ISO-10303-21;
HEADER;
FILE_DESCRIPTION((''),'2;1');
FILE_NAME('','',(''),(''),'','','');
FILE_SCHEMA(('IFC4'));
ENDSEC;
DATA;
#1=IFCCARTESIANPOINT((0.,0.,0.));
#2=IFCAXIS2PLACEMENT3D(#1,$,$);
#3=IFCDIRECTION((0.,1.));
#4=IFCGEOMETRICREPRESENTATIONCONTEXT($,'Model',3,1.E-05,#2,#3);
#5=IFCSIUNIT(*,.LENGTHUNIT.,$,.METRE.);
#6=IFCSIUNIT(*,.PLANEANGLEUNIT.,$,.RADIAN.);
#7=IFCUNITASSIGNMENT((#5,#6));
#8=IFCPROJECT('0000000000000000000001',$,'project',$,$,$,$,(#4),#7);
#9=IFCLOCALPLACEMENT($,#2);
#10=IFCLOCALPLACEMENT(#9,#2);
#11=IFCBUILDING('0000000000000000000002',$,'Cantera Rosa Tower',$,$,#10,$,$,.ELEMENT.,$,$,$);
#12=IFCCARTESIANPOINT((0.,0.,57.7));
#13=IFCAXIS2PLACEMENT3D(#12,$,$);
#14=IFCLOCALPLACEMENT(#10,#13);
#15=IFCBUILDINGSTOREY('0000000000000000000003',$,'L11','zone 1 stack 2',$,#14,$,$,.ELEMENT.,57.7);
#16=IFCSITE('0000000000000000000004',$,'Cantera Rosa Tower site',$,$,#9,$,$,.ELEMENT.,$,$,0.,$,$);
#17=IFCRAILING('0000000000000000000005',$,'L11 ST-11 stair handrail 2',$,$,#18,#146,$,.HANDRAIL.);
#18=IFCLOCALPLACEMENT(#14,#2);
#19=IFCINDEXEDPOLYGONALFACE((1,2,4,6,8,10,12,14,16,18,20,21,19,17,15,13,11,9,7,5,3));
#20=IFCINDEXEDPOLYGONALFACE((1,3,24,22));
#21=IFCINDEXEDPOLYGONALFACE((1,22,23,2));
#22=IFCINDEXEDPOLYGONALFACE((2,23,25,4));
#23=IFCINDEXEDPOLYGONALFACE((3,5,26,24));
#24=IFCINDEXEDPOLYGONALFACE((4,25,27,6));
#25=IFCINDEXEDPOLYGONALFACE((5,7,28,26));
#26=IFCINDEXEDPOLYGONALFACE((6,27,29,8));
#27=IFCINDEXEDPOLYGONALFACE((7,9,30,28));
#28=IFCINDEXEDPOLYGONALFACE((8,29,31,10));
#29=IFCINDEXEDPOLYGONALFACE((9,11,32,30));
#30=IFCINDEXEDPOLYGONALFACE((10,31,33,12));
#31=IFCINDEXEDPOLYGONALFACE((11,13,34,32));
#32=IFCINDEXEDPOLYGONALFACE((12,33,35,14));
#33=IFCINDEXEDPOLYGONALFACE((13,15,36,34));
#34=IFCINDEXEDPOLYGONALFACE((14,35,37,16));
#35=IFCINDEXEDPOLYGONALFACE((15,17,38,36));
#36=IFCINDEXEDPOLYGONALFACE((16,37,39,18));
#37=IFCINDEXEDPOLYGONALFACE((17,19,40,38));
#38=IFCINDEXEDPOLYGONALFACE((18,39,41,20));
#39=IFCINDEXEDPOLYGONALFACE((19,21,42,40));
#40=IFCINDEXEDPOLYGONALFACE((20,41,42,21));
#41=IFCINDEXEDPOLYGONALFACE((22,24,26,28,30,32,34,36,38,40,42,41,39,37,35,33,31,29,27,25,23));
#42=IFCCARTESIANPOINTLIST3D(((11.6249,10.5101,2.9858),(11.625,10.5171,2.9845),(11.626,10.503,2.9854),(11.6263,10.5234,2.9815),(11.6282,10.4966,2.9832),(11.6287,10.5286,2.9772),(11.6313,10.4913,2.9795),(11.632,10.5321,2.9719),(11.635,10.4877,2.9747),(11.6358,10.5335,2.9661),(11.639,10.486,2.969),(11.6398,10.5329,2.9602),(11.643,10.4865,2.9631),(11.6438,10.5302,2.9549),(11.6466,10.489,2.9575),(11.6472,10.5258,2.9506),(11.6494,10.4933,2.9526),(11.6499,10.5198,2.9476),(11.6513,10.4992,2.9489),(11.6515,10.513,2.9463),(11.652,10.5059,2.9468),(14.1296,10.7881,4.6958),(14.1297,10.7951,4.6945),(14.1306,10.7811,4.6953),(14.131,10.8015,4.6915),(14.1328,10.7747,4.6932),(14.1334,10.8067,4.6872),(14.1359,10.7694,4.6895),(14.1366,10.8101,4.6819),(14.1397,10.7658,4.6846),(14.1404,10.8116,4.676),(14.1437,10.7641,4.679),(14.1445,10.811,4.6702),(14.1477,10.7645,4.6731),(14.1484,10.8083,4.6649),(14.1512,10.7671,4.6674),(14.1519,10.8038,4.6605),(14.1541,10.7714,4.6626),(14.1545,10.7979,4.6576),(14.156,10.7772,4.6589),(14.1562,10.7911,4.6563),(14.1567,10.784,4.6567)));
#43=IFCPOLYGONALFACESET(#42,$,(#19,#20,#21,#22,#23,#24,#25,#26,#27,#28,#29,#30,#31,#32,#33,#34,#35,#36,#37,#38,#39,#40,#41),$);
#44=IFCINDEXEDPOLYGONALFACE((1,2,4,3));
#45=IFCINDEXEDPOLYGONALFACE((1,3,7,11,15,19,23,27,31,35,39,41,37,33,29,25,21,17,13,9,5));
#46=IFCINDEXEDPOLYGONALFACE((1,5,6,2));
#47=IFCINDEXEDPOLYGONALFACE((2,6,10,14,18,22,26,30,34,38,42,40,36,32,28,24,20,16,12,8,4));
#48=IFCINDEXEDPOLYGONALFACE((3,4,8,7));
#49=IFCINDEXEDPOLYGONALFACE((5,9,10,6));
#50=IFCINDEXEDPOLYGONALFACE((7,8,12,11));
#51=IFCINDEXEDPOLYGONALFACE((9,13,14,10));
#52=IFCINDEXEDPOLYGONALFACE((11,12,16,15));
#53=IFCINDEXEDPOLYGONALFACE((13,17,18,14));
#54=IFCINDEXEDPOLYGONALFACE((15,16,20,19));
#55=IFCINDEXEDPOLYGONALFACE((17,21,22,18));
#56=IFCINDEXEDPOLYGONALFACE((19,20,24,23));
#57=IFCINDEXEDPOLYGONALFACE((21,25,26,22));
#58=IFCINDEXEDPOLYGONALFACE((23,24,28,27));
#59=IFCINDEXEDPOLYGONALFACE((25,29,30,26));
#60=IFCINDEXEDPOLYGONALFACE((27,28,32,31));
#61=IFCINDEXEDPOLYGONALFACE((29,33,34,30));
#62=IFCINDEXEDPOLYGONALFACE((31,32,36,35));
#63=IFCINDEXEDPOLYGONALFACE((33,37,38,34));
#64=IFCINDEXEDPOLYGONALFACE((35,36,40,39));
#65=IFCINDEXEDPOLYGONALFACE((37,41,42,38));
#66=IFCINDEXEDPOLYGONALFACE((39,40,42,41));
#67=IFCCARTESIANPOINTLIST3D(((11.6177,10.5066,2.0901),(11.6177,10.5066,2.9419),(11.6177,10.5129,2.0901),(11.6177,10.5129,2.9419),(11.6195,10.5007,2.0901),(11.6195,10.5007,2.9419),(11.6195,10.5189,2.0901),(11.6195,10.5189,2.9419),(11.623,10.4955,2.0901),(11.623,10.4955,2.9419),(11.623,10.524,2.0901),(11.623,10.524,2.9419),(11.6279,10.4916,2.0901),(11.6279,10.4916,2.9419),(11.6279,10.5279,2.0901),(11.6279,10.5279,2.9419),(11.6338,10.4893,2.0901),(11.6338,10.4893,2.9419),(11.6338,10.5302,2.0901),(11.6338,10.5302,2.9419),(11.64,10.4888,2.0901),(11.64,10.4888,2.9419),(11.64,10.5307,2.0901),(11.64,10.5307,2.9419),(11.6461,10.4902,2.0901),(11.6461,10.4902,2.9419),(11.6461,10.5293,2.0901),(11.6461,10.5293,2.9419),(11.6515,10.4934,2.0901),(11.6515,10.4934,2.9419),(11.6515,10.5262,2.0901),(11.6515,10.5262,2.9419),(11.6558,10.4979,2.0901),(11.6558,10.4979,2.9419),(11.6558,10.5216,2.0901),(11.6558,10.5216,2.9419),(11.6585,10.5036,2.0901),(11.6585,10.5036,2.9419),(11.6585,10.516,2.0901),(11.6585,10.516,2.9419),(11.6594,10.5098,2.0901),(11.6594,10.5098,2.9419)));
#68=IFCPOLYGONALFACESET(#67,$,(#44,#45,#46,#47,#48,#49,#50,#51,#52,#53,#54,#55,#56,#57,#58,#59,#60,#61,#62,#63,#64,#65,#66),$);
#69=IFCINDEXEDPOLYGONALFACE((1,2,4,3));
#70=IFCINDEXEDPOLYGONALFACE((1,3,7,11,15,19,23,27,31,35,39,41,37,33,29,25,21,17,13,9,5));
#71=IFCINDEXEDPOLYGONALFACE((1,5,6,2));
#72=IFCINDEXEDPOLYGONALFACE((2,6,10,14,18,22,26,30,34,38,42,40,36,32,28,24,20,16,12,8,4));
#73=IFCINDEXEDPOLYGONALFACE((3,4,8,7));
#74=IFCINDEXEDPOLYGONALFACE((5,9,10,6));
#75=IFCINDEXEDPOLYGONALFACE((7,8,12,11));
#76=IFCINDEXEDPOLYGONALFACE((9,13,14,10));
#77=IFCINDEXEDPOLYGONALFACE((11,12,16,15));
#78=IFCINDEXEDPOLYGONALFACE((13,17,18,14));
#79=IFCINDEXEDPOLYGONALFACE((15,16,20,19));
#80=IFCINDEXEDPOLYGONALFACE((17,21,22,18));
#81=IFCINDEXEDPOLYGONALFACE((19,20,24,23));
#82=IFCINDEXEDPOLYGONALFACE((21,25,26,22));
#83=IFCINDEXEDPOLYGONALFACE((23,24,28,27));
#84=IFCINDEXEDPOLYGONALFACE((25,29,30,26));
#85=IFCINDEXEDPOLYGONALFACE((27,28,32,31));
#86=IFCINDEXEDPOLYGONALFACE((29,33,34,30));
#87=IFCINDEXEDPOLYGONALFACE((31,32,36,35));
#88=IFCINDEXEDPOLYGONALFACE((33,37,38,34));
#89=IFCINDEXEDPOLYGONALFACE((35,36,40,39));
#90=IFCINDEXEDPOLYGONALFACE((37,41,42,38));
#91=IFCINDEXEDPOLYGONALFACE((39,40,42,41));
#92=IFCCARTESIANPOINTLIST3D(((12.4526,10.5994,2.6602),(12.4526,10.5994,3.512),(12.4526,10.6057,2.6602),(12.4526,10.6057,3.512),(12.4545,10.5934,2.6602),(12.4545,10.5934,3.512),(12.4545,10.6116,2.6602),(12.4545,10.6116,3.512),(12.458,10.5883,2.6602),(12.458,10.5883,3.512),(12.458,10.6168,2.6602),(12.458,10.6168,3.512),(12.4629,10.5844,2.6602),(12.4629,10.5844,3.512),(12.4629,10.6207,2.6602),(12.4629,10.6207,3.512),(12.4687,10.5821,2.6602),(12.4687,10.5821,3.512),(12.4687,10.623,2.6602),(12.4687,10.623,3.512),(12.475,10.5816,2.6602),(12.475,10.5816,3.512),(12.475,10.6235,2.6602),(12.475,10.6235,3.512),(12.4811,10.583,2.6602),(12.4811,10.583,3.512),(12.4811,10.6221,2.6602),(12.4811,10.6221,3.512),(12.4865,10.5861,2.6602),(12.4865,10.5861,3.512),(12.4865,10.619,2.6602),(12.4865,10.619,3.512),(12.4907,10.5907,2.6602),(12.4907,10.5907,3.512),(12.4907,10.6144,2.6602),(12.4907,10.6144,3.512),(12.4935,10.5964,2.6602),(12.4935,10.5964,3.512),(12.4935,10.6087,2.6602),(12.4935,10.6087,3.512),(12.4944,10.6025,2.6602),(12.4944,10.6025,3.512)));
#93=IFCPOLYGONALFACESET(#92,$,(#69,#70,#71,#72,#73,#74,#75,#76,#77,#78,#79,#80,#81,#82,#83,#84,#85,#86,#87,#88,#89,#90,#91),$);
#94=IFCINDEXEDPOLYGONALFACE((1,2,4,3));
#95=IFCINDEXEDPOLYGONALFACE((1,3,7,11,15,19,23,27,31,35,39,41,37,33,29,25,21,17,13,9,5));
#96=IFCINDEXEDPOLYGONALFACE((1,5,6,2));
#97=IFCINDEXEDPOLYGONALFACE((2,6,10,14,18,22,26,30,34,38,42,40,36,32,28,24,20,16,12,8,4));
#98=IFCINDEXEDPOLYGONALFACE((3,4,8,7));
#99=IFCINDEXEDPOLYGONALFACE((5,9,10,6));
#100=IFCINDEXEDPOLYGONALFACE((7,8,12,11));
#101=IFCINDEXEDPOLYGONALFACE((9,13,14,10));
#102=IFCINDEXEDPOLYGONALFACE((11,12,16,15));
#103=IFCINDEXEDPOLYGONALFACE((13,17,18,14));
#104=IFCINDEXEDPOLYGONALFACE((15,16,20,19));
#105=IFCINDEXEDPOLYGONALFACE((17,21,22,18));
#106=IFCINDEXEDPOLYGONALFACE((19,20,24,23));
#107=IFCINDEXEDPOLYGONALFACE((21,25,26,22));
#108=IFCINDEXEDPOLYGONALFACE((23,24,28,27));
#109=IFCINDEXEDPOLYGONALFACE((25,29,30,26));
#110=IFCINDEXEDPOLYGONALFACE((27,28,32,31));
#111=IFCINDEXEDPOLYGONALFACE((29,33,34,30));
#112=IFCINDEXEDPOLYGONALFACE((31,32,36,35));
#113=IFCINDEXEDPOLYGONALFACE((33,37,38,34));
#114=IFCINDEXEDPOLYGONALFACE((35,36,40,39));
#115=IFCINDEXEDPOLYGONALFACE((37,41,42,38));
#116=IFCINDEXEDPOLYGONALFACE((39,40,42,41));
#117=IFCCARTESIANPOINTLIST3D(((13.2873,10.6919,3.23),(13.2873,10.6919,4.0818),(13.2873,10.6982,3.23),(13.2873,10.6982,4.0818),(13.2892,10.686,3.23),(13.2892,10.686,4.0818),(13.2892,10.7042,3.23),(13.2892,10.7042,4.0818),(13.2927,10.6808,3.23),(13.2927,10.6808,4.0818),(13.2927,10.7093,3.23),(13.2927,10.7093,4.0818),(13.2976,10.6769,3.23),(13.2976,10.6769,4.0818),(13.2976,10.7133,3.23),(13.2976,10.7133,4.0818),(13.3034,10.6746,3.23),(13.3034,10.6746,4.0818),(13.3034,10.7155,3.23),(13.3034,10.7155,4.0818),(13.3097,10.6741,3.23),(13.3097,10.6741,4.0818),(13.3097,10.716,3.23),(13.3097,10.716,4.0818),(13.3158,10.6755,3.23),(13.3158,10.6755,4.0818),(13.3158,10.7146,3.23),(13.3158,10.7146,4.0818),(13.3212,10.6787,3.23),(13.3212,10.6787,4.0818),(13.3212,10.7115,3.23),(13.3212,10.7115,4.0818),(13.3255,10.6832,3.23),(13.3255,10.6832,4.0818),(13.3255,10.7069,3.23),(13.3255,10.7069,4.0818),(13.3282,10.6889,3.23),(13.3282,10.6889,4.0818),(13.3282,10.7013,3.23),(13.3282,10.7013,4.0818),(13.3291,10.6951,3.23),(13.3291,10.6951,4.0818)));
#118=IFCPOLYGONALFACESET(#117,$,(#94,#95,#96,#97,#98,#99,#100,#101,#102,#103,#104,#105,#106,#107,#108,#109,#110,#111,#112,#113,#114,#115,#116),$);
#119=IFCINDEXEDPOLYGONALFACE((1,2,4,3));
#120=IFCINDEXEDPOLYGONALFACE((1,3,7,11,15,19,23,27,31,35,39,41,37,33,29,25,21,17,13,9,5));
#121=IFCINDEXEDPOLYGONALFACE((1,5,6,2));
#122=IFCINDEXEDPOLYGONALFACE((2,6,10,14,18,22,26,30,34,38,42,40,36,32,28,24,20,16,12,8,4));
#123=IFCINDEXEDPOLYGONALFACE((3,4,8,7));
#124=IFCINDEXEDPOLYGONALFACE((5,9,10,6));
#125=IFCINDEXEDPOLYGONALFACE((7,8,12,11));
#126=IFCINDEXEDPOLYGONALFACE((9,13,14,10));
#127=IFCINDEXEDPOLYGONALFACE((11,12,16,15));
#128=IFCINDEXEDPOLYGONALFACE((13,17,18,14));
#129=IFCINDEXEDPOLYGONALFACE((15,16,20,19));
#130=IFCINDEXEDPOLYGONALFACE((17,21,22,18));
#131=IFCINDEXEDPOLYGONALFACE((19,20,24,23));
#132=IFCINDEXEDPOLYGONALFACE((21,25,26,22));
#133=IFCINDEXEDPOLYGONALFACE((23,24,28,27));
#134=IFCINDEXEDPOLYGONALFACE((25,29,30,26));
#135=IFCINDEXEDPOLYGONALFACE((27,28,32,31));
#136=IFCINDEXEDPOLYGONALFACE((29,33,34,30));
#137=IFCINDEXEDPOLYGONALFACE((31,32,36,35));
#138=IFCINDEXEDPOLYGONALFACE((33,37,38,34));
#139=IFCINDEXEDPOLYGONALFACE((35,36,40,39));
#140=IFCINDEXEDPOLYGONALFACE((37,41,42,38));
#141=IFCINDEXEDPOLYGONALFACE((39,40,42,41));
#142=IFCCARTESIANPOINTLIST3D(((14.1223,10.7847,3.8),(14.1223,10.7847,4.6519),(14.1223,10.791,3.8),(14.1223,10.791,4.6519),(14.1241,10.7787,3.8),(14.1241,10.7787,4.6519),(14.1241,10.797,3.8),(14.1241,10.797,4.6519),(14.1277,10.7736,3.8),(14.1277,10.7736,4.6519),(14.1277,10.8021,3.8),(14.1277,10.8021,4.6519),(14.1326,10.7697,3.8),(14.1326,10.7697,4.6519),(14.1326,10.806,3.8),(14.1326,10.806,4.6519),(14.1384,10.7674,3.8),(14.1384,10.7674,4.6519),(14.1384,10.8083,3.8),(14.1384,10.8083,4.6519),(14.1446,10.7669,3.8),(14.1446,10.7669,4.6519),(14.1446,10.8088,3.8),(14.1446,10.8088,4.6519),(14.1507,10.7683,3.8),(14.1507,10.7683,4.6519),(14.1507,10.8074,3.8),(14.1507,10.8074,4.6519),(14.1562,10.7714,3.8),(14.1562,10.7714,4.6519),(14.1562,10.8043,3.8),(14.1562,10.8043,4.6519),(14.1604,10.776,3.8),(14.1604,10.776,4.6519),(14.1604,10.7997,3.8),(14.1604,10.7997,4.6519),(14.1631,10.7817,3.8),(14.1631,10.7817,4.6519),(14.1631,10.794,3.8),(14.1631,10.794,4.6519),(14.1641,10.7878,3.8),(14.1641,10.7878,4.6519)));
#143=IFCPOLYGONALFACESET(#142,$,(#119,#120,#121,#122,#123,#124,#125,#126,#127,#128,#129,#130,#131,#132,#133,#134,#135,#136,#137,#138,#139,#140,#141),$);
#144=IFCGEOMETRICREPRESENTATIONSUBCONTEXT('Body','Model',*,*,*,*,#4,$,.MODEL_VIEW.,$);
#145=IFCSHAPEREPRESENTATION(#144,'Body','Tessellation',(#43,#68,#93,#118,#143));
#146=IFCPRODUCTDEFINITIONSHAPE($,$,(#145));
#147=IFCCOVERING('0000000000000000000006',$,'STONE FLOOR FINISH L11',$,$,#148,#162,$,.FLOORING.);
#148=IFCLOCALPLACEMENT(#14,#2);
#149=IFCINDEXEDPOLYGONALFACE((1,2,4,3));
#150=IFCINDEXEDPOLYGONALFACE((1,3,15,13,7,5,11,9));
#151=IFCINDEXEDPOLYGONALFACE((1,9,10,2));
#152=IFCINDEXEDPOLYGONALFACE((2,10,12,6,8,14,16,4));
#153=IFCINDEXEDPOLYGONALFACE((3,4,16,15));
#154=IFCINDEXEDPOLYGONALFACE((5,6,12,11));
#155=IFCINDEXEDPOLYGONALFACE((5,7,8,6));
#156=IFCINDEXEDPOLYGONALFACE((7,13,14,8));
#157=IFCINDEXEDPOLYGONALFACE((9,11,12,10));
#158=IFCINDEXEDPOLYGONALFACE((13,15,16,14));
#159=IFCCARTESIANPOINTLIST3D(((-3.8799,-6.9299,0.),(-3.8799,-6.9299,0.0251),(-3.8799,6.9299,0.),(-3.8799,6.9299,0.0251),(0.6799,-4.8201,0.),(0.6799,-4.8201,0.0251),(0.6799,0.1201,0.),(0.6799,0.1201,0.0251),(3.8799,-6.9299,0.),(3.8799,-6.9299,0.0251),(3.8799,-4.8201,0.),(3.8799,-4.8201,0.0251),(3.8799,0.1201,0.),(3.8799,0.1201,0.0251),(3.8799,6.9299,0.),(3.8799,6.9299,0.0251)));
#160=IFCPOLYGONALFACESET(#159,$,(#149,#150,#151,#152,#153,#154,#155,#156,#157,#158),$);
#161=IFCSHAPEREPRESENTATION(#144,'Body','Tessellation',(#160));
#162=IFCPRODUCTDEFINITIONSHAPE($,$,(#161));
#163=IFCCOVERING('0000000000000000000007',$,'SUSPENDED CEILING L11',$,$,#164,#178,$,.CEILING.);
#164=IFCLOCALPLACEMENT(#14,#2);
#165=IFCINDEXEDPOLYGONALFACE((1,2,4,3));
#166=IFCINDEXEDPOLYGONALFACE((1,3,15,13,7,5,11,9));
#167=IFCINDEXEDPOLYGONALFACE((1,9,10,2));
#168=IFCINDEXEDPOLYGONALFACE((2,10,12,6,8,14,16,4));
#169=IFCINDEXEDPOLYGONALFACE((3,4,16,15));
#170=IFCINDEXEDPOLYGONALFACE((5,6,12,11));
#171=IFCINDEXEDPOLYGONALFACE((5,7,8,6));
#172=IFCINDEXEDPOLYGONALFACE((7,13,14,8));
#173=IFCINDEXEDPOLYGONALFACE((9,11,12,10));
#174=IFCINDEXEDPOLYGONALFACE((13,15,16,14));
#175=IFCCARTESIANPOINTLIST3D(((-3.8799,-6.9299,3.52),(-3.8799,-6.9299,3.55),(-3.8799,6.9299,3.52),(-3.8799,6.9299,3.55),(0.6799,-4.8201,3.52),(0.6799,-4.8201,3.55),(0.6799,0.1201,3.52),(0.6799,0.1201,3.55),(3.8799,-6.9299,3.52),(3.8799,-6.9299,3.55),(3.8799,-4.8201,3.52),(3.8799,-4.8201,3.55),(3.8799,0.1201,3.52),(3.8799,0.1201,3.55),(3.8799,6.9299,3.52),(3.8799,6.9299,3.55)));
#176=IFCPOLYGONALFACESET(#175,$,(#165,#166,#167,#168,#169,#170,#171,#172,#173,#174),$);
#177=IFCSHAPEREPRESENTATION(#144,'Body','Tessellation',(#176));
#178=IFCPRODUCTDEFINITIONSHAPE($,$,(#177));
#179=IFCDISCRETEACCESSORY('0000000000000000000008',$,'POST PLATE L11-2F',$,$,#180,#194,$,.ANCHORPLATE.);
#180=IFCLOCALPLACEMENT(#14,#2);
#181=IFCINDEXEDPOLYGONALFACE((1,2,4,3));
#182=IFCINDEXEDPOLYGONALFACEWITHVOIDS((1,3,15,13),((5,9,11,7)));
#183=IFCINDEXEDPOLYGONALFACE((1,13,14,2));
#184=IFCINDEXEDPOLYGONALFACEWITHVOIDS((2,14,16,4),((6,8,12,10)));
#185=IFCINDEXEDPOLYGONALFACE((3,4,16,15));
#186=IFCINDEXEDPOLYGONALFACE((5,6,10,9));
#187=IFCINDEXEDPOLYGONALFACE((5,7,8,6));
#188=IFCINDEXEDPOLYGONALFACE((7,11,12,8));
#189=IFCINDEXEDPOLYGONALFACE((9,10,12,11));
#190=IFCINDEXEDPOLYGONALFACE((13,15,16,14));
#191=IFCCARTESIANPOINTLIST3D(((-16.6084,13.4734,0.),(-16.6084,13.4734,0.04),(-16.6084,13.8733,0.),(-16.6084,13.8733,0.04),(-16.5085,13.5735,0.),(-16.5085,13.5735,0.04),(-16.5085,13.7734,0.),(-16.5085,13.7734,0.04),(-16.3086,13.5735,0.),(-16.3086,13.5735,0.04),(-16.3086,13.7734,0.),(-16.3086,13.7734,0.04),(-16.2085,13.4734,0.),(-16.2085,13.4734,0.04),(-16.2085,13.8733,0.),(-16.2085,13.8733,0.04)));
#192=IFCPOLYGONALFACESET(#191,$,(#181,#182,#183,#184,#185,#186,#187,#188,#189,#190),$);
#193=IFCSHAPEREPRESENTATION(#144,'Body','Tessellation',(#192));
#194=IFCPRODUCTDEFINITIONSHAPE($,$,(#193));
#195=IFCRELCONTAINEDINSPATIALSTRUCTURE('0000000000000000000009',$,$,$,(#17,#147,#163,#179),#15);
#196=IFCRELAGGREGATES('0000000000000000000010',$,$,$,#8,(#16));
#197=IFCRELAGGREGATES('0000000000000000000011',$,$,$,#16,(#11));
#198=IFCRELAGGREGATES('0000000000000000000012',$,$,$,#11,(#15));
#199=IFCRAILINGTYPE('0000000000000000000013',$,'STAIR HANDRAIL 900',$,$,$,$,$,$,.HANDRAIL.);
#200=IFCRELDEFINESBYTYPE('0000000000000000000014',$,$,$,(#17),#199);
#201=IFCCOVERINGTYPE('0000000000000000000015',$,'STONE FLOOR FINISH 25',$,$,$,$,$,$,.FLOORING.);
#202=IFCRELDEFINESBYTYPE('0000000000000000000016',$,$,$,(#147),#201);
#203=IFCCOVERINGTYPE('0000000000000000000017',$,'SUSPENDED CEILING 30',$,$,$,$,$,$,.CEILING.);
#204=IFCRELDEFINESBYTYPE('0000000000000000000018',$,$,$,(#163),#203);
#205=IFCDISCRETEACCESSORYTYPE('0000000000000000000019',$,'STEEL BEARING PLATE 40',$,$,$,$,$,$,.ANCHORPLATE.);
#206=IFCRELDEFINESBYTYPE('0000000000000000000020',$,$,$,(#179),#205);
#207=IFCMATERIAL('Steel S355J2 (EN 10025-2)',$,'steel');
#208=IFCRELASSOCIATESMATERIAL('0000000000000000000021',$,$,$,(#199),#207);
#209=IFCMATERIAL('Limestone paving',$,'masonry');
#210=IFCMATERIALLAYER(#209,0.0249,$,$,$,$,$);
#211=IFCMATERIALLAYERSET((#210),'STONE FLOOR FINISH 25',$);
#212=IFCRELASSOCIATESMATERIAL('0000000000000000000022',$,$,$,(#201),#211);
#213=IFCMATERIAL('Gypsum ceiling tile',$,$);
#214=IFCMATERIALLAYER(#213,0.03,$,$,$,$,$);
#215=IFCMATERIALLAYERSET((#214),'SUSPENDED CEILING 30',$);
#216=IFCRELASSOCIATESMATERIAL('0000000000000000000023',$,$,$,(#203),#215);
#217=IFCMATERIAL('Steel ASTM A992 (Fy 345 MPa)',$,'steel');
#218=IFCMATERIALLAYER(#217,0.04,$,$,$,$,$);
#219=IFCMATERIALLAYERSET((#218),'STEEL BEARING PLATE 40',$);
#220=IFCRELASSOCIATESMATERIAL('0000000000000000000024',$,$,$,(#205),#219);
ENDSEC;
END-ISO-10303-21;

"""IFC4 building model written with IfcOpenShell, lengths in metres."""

from ifc_helpers import new_model, si_unit, direction, frame, origin, origin_2d, place, context, subcontext, project, spatial, polyline, circle, outline, extrude, material, layer, layer_set, type_object, element, save


model = new_model("IFC4")

# Units and contexts
model_context = context("Model", 3, precision=1e-05, world=origin(), true_north=direction((0.0, 1.0)))
body_context = subcontext(model_context, "Body", "Model", "MODEL_VIEW")
ifc_project = project(units=[si_unit("LENGTHUNIT", "METRE"), si_unit("PLANEANGLEUNIT", "RADIAN")], contexts=[model_context])

# Site, building, storey
site_placement = place(None, origin())
site = spatial("IfcSite", under=ifc_project, at=site_placement, Name="Cantera Rosa Tower site", CompositionType="ELEMENT", RefElevation=0.0)
building_placement = place(site_placement, origin())
building = spatial("IfcBuilding", under=site, at=building_placement, Name="Cantera Rosa Tower", CompositionType="ELEMENT")
storey_placement = place(building_placement, frame((0.0, 0.0, 57.7)))
storey = spatial("IfcBuildingStorey", under=building, at=storey_placement, Name="L11", Description="zone 1 stack 2", CompositionType="ELEMENT", Elevation=57.7)

# Railing
ifc_material_1 = material(Name="Steel S355J2 (EN 10025-2)", Category="steel")
railing_type_1 = type_object("IfcRailingType", Name="STAIR HANDRAIL 900", PredefinedType="HANDRAIL", material=ifc_material_1)
railing_1_placement = place(storey_placement, frame((11.6384, 10.5098, 2.0901)))
element("IfcRailing", 1, at=railing_1_placement, inside=storey, type_object=railing_type_1, Name="L11 ST-11 stair handrail 2", PredefinedType="HANDRAIL", context=body_context, shape_type="SweptSolid", body=[
    extrude(circle(Radius=0.0239, at=origin_2d()), frame((0.0, 0.0, 0.876), z_axis=(0.822431, 0.09131, 0.561488), x_axis=(-0.110346, 0.993893, 0.0)), (0.0, 0.0, 1.0), 3.0454),
    extrude(circle(Radius=0.021, at=origin_2d()), origin(), (0.0, 0.0, 1.0), 0.8518),
    extrude(circle(Radius=0.021, at=origin_2d()), frame((0.835, 0.0928, 0.5701)), (0.0, 0.0, 1.0), 0.8518),
    extrude(circle(Radius=0.021, at=origin_2d()), frame((1.6697, 0.1853, 1.1399)), (0.0, 0.0, 1.0), 0.8518),
    extrude(circle(Radius=0.021, at=origin_2d()), frame((2.5046, 0.2781, 1.71)), (0.0, 0.0, 1.0), 0.8518),
])

# Coverings
ifc_material_2 = material(Name="Limestone paving", Category="masonry")
ifc_layer_1 = layer(ifc_material_2, 0.0249)
ifc_layer_set_1 = layer_set([ifc_layer_1], Name="STONE FLOOR FINISH 25")
covering_type_1 = type_object("IfcCoveringType", Name="STONE FLOOR FINISH 25", PredefinedType="FLOORING", material=ifc_layer_set_1)
covering_1_placement = place(storey_placement, origin())
element("IfcCovering", 2, at=covering_1_placement, inside=storey, type_object=covering_type_1, Name="STONE FLOOR FINISH L11", PredefinedType="FLOORING", context=body_context, shape_type="SweptSolid", body=[
    extrude(outline(polyline([(3.8799, 6.9299), (3.8799, 0.1201), (0.6799, 0.1201), (0.6799, -4.8201), (3.8799, -4.8201), (3.8799, -6.9299), (-3.8799, -6.9299), (-3.8799, 6.9299), (3.8799, 6.9299)])), origin(), (0.0, 0.0, 1.0), 0.0251),
])
ifc_material_3 = material(Name="Gypsum ceiling tile")
ifc_layer_2 = layer(ifc_material_3, 0.03)
ifc_layer_set_2 = layer_set([ifc_layer_2], Name="SUSPENDED CEILING 30")
covering_type_2 = type_object("IfcCoveringType", Name="SUSPENDED CEILING 30", PredefinedType="CEILING", material=ifc_layer_set_2)
covering_2_placement = place(storey_placement, frame((0.0, 0.0, 3.52)))
element("IfcCovering", 3, at=covering_2_placement, inside=storey, type_object=covering_type_2, Name="SUSPENDED CEILING L11", PredefinedType="CEILING", context=body_context, shape_type="SweptSolid", body=[
    extrude(outline(polyline([(3.8799, 6.9299), (3.8799, 0.1201), (0.6799, 0.1201), (0.6799, -4.8201), (3.8799, -4.8201), (3.8799, -6.9299), (-3.8799, -6.9299), (-3.8799, 6.9299), (3.8799, 6.9299)])), origin(), (0.0, 0.0, 1.0), 0.03),
])

# Discrete accessory
ifc_material_4 = material(Name="Steel ASTM A992 (Fy 345 MPa)", Category="steel")
ifc_layer_3 = layer(ifc_material_4, 0.04)
ifc_layer_set_3 = layer_set([ifc_layer_3], Name="STEEL BEARING PLATE 40")
discrete_accessory_type = type_object("IfcDiscreteAccessoryType", Name="STEEL BEARING PLATE 40", PredefinedType="ANCHORPLATE", material=ifc_layer_set_3)
for number, where, name in (
    (4, (0.0, 0.0, 0.0), "POST PLATE L11-2F"),
):
    element("IfcDiscreteAccessory", number, at=place(storey_placement, frame(where)), inside=storey, type_object=discrete_accessory_type, Name=name, PredefinedType="ANCHORPLATE", context=body_context, shape_type="SweptSolid", body=[
        extrude(outline(polyline([(-16.6084, 13.4734), (-16.2085, 13.4734), (-16.2085, 13.8733), (-16.6084, 13.8733), (-16.6084, 13.4734)]), holes=[polyline([(-16.5085, 13.5735), (-16.3086, 13.5735), (-16.3086, 13.7734), (-16.5085, 13.7734), (-16.5085, 13.5735)])]), origin(), (0.0, 0.0, 1.0), 0.04),
    ])

save(model, "model.ifc")
